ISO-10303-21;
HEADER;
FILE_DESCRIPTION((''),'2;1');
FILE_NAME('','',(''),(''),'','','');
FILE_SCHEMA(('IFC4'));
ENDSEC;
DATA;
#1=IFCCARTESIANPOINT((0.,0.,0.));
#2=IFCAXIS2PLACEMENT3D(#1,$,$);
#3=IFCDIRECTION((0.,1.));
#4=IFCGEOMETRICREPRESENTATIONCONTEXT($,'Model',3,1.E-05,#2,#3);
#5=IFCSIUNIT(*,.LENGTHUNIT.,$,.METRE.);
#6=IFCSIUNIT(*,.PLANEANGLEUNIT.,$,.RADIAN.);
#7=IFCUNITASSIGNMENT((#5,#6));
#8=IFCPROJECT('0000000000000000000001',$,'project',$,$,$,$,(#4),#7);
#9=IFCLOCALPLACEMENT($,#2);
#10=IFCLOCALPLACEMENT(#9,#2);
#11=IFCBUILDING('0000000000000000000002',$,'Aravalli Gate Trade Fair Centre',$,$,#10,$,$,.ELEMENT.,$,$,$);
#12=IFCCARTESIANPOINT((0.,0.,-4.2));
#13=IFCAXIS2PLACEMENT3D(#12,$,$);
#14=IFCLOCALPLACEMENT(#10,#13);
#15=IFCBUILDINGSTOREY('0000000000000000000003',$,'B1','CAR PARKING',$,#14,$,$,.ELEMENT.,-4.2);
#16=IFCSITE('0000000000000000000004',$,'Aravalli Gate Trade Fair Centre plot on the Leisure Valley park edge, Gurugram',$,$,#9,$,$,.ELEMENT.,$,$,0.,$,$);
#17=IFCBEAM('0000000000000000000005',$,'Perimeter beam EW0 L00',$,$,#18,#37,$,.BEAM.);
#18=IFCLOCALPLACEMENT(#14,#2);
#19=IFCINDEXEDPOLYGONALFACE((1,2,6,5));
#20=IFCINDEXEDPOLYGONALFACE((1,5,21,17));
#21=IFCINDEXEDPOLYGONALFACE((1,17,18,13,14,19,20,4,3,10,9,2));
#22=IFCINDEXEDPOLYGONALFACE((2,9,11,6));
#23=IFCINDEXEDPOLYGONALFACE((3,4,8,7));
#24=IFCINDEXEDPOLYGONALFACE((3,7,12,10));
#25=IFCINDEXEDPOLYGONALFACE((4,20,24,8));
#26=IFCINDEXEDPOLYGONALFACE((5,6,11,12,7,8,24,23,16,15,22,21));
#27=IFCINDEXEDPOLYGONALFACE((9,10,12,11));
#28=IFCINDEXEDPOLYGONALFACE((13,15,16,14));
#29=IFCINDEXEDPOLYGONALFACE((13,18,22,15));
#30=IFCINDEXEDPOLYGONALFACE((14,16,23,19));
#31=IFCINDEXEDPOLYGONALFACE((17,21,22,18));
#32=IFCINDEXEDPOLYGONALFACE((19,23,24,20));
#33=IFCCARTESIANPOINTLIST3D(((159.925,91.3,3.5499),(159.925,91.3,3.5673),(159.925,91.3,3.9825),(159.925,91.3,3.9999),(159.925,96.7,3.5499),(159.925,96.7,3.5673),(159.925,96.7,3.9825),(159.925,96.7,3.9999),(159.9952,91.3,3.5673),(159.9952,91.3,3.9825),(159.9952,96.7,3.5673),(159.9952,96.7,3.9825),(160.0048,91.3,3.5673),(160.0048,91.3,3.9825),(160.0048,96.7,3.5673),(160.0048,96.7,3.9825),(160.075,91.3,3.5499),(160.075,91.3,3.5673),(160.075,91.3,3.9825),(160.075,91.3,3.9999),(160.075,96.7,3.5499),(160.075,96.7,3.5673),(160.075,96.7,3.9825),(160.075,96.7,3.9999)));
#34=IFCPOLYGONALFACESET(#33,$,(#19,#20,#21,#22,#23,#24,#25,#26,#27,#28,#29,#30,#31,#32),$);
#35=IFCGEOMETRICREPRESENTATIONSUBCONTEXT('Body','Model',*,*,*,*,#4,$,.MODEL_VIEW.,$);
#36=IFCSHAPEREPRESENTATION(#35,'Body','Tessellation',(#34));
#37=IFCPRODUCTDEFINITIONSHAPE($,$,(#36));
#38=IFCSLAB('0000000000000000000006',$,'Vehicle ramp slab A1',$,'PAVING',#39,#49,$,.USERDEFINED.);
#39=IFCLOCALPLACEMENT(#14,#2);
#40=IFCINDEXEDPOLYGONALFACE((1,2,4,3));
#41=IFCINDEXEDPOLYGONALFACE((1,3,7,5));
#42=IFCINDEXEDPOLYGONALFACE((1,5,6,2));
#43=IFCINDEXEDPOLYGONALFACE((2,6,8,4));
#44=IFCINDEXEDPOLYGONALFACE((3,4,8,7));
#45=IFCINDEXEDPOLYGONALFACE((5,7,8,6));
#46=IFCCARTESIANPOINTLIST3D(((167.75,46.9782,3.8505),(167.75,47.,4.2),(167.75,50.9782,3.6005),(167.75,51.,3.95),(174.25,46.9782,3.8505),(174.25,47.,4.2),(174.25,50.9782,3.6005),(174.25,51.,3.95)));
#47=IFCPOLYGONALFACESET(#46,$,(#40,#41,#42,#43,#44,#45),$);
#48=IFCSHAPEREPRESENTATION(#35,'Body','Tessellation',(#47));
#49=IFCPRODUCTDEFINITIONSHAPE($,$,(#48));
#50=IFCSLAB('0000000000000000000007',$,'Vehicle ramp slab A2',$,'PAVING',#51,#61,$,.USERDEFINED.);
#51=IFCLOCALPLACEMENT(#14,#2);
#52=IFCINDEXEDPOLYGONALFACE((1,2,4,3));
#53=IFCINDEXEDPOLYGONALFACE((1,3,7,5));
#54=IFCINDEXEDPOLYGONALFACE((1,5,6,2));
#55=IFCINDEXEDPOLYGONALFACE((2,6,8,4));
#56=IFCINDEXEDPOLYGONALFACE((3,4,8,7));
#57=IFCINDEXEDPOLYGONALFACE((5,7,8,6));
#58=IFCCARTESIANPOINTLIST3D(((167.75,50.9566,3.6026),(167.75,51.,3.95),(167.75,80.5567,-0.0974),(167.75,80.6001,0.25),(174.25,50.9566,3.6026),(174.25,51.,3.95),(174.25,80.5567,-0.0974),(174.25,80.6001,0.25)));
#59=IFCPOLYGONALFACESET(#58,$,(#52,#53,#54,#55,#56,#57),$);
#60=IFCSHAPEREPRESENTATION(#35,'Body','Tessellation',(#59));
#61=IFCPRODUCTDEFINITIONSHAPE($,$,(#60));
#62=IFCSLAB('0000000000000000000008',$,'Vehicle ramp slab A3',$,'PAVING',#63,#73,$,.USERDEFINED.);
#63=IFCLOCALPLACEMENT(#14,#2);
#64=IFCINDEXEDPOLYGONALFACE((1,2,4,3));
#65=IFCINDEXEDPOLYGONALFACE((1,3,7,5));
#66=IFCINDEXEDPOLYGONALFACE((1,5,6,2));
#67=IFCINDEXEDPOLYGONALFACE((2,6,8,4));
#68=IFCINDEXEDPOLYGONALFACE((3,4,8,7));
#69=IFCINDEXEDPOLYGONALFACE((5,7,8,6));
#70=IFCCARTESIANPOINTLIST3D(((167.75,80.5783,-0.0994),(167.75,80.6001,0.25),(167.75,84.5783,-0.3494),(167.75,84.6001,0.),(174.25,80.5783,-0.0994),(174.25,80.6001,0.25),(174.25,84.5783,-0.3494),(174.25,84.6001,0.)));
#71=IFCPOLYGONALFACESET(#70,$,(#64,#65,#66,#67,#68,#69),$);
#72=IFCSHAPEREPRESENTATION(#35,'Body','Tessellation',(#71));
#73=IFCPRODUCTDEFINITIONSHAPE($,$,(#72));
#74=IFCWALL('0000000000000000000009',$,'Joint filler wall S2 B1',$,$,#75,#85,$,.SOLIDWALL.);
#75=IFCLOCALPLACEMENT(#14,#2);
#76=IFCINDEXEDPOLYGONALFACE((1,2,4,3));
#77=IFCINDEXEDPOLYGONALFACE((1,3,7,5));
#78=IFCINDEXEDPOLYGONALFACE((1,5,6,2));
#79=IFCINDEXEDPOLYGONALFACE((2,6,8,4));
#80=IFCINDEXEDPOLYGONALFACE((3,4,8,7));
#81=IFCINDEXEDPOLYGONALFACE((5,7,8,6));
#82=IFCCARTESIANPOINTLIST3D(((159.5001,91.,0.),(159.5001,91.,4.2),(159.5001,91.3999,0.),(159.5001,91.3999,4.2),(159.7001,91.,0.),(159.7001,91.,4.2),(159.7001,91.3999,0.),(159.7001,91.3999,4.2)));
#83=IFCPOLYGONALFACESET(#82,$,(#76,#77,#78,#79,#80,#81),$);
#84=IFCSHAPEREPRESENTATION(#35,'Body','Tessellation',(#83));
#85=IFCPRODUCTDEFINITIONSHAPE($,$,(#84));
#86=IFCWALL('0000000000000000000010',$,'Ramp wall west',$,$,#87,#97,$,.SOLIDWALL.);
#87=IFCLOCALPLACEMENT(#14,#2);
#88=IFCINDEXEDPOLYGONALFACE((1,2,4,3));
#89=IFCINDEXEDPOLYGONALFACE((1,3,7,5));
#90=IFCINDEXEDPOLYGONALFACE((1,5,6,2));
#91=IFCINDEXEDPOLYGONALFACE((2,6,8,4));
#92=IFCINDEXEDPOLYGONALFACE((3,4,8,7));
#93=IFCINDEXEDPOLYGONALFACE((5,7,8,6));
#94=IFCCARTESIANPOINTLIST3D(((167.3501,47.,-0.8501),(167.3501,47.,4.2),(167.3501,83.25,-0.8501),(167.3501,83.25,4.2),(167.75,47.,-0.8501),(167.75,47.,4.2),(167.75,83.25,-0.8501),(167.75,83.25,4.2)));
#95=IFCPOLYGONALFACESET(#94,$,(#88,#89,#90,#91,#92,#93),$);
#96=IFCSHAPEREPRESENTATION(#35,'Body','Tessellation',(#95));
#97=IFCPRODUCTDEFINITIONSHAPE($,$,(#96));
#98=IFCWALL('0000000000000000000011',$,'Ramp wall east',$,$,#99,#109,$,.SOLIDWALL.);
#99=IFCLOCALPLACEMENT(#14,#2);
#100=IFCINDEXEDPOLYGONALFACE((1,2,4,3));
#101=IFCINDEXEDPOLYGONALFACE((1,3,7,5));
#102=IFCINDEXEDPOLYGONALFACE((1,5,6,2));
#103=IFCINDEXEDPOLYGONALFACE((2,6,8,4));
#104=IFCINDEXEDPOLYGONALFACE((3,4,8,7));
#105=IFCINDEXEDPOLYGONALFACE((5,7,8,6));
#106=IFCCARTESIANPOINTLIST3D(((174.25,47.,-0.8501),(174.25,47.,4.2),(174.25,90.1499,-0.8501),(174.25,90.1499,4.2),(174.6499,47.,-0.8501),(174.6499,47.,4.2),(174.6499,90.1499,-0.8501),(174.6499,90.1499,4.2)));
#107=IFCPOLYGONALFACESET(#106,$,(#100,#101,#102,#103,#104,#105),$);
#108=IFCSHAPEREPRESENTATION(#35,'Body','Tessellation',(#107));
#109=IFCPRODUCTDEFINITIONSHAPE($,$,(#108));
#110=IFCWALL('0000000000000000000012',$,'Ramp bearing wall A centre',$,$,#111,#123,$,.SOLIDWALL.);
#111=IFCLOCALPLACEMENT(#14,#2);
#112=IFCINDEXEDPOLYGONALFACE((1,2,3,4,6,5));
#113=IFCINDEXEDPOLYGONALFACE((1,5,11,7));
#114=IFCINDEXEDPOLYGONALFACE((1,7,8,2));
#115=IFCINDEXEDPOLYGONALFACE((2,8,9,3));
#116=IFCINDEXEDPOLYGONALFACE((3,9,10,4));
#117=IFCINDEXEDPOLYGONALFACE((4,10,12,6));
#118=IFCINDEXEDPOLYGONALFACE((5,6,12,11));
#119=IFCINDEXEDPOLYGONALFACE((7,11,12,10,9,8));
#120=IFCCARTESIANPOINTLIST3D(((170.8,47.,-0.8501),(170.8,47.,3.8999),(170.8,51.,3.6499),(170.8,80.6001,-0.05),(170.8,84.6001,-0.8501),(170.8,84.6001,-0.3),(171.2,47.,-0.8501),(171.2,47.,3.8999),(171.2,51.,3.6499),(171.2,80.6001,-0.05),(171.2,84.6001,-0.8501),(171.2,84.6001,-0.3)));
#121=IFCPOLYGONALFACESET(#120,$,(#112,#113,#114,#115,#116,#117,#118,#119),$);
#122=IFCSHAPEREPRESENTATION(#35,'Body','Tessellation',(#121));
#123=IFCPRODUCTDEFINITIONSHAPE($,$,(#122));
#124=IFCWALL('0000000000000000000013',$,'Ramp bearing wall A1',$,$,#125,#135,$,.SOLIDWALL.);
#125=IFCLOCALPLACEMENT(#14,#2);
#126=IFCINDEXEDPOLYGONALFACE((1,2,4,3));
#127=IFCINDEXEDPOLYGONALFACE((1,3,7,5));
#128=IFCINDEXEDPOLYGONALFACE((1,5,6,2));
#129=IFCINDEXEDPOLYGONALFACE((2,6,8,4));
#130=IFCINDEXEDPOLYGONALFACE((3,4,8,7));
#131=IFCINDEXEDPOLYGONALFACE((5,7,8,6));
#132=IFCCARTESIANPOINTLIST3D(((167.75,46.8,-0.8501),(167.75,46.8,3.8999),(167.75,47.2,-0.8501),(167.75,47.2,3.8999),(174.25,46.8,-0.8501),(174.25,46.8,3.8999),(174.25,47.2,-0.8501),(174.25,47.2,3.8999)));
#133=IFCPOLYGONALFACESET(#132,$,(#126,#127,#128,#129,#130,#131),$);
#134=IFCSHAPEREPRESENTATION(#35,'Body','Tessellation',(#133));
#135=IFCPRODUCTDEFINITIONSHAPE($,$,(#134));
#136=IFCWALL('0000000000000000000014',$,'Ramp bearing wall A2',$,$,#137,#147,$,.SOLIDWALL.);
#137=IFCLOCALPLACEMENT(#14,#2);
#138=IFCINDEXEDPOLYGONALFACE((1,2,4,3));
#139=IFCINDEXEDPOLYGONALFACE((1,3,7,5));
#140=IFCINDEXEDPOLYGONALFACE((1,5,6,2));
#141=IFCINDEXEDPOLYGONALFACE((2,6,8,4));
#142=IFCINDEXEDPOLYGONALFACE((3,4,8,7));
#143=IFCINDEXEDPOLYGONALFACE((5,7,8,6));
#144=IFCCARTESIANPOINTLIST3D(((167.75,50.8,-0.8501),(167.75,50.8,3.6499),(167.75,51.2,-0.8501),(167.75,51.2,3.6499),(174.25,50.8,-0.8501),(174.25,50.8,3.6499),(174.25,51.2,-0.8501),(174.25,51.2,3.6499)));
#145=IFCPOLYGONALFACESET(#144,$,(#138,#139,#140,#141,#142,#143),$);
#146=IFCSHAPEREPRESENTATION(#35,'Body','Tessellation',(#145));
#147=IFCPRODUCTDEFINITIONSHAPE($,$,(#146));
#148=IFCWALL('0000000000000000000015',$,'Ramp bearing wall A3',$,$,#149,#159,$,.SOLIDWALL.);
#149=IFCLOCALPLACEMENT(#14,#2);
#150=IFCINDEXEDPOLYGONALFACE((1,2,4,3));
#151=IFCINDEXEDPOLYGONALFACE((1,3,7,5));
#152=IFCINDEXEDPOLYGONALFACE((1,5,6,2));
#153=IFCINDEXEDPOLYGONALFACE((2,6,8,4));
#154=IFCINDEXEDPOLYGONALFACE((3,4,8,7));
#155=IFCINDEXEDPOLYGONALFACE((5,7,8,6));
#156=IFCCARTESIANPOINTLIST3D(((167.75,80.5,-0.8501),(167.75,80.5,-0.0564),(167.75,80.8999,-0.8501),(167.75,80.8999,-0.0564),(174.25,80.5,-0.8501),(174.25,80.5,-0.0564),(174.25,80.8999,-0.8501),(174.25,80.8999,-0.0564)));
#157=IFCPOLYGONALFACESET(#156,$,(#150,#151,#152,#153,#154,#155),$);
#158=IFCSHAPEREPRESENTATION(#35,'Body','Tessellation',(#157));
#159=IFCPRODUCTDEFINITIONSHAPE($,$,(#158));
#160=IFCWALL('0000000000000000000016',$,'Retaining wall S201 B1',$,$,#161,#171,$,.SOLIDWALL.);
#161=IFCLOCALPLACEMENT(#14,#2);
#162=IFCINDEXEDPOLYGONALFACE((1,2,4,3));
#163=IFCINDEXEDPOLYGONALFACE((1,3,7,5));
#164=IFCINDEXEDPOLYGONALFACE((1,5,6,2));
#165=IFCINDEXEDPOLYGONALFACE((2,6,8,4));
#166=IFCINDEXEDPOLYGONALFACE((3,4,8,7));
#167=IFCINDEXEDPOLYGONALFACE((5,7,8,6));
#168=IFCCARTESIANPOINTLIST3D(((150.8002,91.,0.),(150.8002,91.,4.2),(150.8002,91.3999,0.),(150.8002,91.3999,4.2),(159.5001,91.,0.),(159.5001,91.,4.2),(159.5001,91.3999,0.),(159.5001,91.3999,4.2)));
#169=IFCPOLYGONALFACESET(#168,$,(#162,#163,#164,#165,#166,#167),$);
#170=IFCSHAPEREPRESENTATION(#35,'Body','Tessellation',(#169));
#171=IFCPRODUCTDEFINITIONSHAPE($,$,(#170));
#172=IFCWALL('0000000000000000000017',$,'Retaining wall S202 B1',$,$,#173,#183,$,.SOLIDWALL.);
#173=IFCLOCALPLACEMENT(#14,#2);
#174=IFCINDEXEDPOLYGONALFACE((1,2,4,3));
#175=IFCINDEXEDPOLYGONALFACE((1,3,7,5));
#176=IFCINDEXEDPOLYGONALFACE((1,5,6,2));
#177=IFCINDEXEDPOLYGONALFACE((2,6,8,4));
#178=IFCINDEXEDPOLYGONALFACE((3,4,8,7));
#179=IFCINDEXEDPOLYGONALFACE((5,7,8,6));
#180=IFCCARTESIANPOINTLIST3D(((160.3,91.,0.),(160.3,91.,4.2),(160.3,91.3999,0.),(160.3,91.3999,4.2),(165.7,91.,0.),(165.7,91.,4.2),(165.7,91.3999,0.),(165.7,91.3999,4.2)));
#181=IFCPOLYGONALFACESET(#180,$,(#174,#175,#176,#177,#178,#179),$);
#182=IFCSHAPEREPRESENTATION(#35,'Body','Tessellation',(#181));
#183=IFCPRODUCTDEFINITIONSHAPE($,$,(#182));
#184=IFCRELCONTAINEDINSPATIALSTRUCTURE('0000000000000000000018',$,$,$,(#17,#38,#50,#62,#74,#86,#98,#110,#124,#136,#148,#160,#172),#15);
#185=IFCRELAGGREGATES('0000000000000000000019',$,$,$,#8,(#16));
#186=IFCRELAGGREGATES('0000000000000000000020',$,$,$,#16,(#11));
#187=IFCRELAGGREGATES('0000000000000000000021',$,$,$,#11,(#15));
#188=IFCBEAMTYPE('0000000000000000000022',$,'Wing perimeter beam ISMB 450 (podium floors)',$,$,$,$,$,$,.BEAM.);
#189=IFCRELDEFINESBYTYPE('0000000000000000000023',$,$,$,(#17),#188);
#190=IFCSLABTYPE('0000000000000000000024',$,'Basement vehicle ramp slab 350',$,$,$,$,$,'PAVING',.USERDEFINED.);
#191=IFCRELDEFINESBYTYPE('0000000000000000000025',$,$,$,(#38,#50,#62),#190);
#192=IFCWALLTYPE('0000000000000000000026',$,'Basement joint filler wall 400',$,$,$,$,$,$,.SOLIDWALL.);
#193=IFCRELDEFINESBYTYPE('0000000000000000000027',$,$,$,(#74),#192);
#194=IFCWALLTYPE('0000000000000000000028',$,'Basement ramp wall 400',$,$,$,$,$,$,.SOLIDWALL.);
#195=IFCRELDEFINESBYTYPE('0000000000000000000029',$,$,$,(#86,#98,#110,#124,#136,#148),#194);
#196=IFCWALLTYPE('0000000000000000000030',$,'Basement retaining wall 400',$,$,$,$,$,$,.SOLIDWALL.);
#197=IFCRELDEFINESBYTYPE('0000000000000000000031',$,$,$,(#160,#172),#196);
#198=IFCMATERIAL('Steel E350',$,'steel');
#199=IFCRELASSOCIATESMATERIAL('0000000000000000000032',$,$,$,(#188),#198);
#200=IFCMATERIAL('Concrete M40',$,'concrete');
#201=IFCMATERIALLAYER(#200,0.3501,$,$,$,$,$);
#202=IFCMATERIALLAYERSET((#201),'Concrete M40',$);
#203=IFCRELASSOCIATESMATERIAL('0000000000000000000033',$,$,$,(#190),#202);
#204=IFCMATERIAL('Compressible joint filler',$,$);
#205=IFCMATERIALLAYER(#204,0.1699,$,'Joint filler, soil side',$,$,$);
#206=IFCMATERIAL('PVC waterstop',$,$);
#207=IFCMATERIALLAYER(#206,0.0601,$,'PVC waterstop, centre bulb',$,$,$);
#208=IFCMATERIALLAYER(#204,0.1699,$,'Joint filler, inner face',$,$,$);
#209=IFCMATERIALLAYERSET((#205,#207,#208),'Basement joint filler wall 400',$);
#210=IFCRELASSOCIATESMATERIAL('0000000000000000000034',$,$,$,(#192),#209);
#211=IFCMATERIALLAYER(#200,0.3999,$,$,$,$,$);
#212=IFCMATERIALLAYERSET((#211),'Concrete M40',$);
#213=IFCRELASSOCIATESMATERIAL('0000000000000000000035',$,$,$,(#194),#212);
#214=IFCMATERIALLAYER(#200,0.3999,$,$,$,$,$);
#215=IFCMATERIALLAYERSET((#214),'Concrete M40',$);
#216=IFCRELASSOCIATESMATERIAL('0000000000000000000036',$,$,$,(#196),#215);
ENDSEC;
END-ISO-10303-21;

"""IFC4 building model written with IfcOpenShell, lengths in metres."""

from ifc_helpers import new_model, si_unit, direction, frame, frame_2d, origin, origin_2d, place, context, subcontext, project, spatial, polyline, rectangle, i_section, outline, extrude, material, layer, layer_set, material_profile, profile_set, type_object, element, save


model = new_model("IFC4")

# Units and contexts
model_context = context("Model", 3, precision=1e-05, world=origin(), true_north=direction((0.0, 1.0)))
body_context = subcontext(model_context, "Body", "Model", "MODEL_VIEW")
ifc_project = project(units=[si_unit("LENGTHUNIT", "METRE"), si_unit("PLANEANGLEUNIT", "RADIAN")], contexts=[model_context])

# Site, building, storey
site_placement = place(None, origin())
site = spatial("IfcSite", under=ifc_project, at=site_placement, Name="Aravalli Gate Trade Fair Centre plot on the Leisure Valley park edge, Gurugram", CompositionType="ELEMENT", RefElevation=0.0)
building_placement = place(site_placement, origin())
building = spatial("IfcBuilding", under=site, at=building_placement, Name="Aravalli Gate Trade Fair Centre", CompositionType="ELEMENT")
storey_placement = place(building_placement, frame((0.0, 0.0, -4.2)))
storey = spatial("IfcBuildingStorey", under=building, at=storey_placement, Name="B1", Description="CAR PARKING", CompositionType="ELEMENT", Elevation=-4.2)

# Shared definitions
ifc_material_1 = material(Name="Steel E350", Category="steel")

# Beam
ifc_material_profile_1 = material_profile(ifc_material_1, i_section(OverallWidth=0.1499, OverallDepth=0.45, WebThickness=0.0095, FlangeThickness=0.0173, at=origin_2d()), Name="ISMB 450")
ifc_profile_set_1 = profile_set([ifc_material_profile_1], Name="Steel E350")
beam_type_1 = type_object("IfcBeamType", Name="Wing perimeter beam ISMB 450 (podium floors)", PredefinedType="BEAM", material=ifc_profile_set_1)
for number, where, z_axis, x_axis, name in (
    (1, (160.0, 91.3, 3.7749), (0.0, 1.0, 0.0), (-1.0, 0.0, 0.0), "Perimeter beam EW0 L00"),
):
    element("IfcBeam", number, at=place(storey_placement, frame(where, z_axis=z_axis, x_axis=x_axis)), inside=storey, type_object=beam_type_1, Name=name, PredefinedType="BEAM", context=body_context, shape_type="SweptSolid", body=[
        extrude(i_section(OverallWidth=0.1499, OverallDepth=0.45, WebThickness=0.0095, FlangeThickness=0.0173, at=origin_2d()), origin(), (0.0, 0.0, 1.0), 5.3999),
    ])

# Slabs
ifc_material_2 = material(Name="Concrete M40", Category="concrete")
ifc_layer_1 = layer(ifc_material_2, 0.3501)
ifc_layer_set_1 = layer_set([ifc_layer_1], Name="Concrete M40")
slab_type = type_object("IfcSlabType", Name="Basement vehicle ramp slab 350", ElementType="PAVING", PredefinedType="USERDEFINED", material=ifc_layer_set_1)
slab_1_placement = place(storey_placement, frame((167.75, 47.0, 4.2), z_axis=(0.0, 0.062378, 0.998053), x_axis=(1.0, 0.0, 0.0)))
element("IfcSlab", 2, at=slab_1_placement, inside=storey, type_object=slab_type, Name="Vehicle ramp slab A1", ObjectType="PAVING", PredefinedType="USERDEFINED", context=body_context, shape_type="SweptSolid", body=[
    extrude(outline(polyline([(0.0, 0.0), (6.5, 0.0), (6.5, 4.0078), (0.0, 4.0078), (0.0, 0.0)])), origin(), (0.0, 0.0, -1.0), 0.3501),
])
slab_2_placement = place(storey_placement, frame((167.75, 51.0, 3.95), z_axis=(0.0, 0.124033, 0.992278), x_axis=(1.0, 0.0, 0.0)))
element("IfcSlab", 3, at=slab_2_placement, inside=storey, type_object=slab_type, Name="Vehicle ramp slab A2", ObjectType="PAVING", PredefinedType="USERDEFINED", context=body_context, shape_type="SweptSolid", body=[
    extrude(outline(polyline([(0.0, 0.0), (6.5, 0.0), (6.5, 29.8304), (0.0, 29.8304), (0.0, 0.0)])), origin(), (0.0, 0.0, -1.0), 0.3501),
])
slab_3_placement = place(storey_placement, frame((167.75, 80.6001, 0.25), z_axis=(0.0, 0.062378, 0.998053), x_axis=(1.0, 0.0, 0.0)))
element("IfcSlab", 4, at=slab_3_placement, inside=storey, type_object=slab_type, Name="Vehicle ramp slab A3", ObjectType="PAVING", PredefinedType="USERDEFINED", context=body_context, shape_type="SweptSolid", body=[
    extrude(outline(polyline([(0.0, 0.0), (6.5, 0.0), (6.5, 4.0078), (0.0, 4.0078), (0.0, 0.0)])), origin(), (0.0, 0.0, -1.0), 0.3501),
])

# Walls
ifc_material_3 = material(Name="Compressible joint filler")
ifc_layer_2 = layer(ifc_material_3, 0.1699, Name="Joint filler, soil side")
ifc_material_4 = material(Name="PVC waterstop")
ifc_layer_3 = layer(ifc_material_4, 0.0601, Name="PVC waterstop, centre bulb")
ifc_layer_4 = layer(ifc_material_3, 0.1699, Name="Joint filler, inner face")
ifc_layer_set_2 = layer_set([ifc_layer_2, ifc_layer_3, ifc_layer_4], Name="Basement joint filler wall 400")
wall_type_1 = type_object("IfcWallType", Name="Basement joint filler wall 400", PredefinedType="SOLIDWALL", material=ifc_layer_set_2)
wall_1_placement = place(storey_placement, frame((159.5, 91.2, 0.0), z_axis=(0.0, 0.0, 1.0), x_axis=(1.0, 0.0, 0.0)))
element("IfcWall", 5, at=wall_1_placement, inside=storey, type_object=wall_type_1, Name="Joint filler wall S2 B1", PredefinedType="SOLIDWALL", context=body_context, shape_type="SweptSolid", body=[
    extrude(rectangle(XDim=0.2, YDim=0.3999, at=frame_2d((0.1001, 0.0))), origin(), (0.0, 0.0, 1.0), 4.2),
])
ifc_layer_5 = layer(ifc_material_2, 0.3999)
ifc_layer_set_3 = layer_set([ifc_layer_5], Name="Concrete M40")
wall_type_2 = type_object("IfcWallType", Name="Basement ramp wall 400", PredefinedType="SOLIDWALL", material=ifc_layer_set_3)
wall_2_placement = place(storey_placement, frame((167.55, 47.0, -0.8501), z_axis=(0.0, 0.0, 1.0), x_axis=(0.0, 1.0, 0.0)))
element("IfcWall", 6, at=wall_2_placement, inside=storey, type_object=wall_type_2, Name="Ramp wall west", PredefinedType="SOLIDWALL", context=body_context, shape_type="SweptSolid", body=[
    extrude(rectangle(XDim=36.25, YDim=0.3999, at=frame_2d((18.125, 0.0))), origin(), (0.0, 0.0, 1.0), 5.05),
])
wall_3_placement = place(storey_placement, frame((174.45, 47.0, -0.8501), z_axis=(0.0, 0.0, 1.0), x_axis=(0.0, 1.0, 0.0)))
element("IfcWall", 7, at=wall_3_placement, inside=storey, type_object=wall_type_2, Name="Ramp wall east", PredefinedType="SOLIDWALL", context=body_context, shape_type="SweptSolid", body=[
    extrude(rectangle(XDim=43.1499, YDim=0.3999, at=frame_2d((21.575, 0.0))), origin(), (0.0, 0.0, 1.0), 5.05),
])
wall_4_placement = place(storey_placement, frame((171.0, 47.0, -0.8501), z_axis=(0.0, 0.0, 1.0), x_axis=(0.0, 1.0, 0.0)))
element("IfcWall", 8, at=wall_4_placement, inside=storey, type_object=wall_type_2, Name="Ramp bearing wall A centre", PredefinedType="SOLIDWALL", context=body_context, shape_type="SweptSolid", body=[
    extrude(outline(polyline([(0.0, 0.0), (37.6001, 0.0), (37.6001, 0.55), (33.6001, 0.8), (4.0, 4.5), (0.0, 4.75), (0.0, 0.0)])), frame((0.0, 0.2, 0.0), z_axis=(0.0, -1.0, 0.0), x_axis=(1.0, 0.0, 0.0)), (0.0, 0.0, 1.0), 0.3999),
])
wall_5_placement = place(storey_placement, frame((167.75, 47.0, -0.8501), z_axis=(0.0, 0.0, 1.0), x_axis=(1.0, 0.0, 0.0)))
element("IfcWall", 9, at=wall_5_placement, inside=storey, type_object=wall_type_2, Name="Ramp bearing wall A1", PredefinedType="SOLIDWALL", context=body_context, shape_type="SweptSolid", body=[
    extrude(rectangle(XDim=6.5, YDim=0.3999, at=frame_2d((3.25, 0.0))), origin(), (0.0, 0.0, 1.0), 4.75),
])
wall_6_placement = place(storey_placement, frame((167.75, 51.0, -0.8501), z_axis=(0.0, 0.0, 1.0), x_axis=(1.0, 0.0, 0.0)))
element("IfcWall", 10, at=wall_6_placement, inside=storey, type_object=wall_type_2, Name="Ramp bearing wall A2", PredefinedType="SOLIDWALL", context=body_context, shape_type="SweptSolid", body=[
    extrude(rectangle(XDim=6.5, YDim=0.3999, at=frame_2d((3.25, 0.0))), origin(), (0.0, 0.0, 1.0), 4.5),
])
wall_7_placement = place(storey_placement, frame((167.75, 80.7, -0.8501), z_axis=(0.0, 0.0, 1.0), x_axis=(1.0, 0.0, 0.0)))
element("IfcWall", 11, at=wall_7_placement, inside=storey, type_object=wall_type_2, Name="Ramp bearing wall A3", PredefinedType="SOLIDWALL", context=body_context, shape_type="SweptSolid", body=[
    extrude(rectangle(XDim=6.5, YDim=0.3999, at=frame_2d((3.25, 0.0))), origin(), (0.0, 0.0, 1.0), 0.7937),
])
ifc_layer_6 = layer(ifc_material_2, 0.3999)
ifc_layer_set_4 = layer_set([ifc_layer_6], Name="Concrete M40")
wall_type_3 = type_object("IfcWallType", Name="Basement retaining wall 400", PredefinedType="SOLIDWALL", material=ifc_layer_set_4)
wall_8_placement = place(storey_placement, frame((150.8, 91.2, 0.0), z_axis=(0.0, 0.0, 1.0), x_axis=(1.0, 0.0, 0.0)))
element("IfcWall", 12, at=wall_8_placement, inside=storey, type_object=wall_type_3, Name="Retaining wall S201 B1", PredefinedType="SOLIDWALL", context=body_context, shape_type="SweptSolid", body=[
    extrude(rectangle(XDim=8.7, YDim=0.3999, at=frame_2d((4.3501, 0.0))), origin(), (0.0, 0.0, 1.0), 4.2),
])
for number, where, z_axis, x_axis, name in (
    (13, (160.3, 91.2, 0.0), (0.0, 0.0, 1.0), (1.0, 0.0, 0.0), "Retaining wall S202 B1"),
):
    element("IfcWall", number, at=place(storey_placement, frame(where, z_axis=z_axis, x_axis=x_axis)), inside=storey, type_object=wall_type_3, Name=name, PredefinedType="SOLIDWALL", context=body_context, shape_type="SweptSolid", body=[
        extrude(rectangle(XDim=5.3999, YDim=0.3999, at=frame_2d((2.7, 0.0))), origin(), (0.0, 0.0, 1.0), 4.2),
    ])

save(model, "model.ifc")
